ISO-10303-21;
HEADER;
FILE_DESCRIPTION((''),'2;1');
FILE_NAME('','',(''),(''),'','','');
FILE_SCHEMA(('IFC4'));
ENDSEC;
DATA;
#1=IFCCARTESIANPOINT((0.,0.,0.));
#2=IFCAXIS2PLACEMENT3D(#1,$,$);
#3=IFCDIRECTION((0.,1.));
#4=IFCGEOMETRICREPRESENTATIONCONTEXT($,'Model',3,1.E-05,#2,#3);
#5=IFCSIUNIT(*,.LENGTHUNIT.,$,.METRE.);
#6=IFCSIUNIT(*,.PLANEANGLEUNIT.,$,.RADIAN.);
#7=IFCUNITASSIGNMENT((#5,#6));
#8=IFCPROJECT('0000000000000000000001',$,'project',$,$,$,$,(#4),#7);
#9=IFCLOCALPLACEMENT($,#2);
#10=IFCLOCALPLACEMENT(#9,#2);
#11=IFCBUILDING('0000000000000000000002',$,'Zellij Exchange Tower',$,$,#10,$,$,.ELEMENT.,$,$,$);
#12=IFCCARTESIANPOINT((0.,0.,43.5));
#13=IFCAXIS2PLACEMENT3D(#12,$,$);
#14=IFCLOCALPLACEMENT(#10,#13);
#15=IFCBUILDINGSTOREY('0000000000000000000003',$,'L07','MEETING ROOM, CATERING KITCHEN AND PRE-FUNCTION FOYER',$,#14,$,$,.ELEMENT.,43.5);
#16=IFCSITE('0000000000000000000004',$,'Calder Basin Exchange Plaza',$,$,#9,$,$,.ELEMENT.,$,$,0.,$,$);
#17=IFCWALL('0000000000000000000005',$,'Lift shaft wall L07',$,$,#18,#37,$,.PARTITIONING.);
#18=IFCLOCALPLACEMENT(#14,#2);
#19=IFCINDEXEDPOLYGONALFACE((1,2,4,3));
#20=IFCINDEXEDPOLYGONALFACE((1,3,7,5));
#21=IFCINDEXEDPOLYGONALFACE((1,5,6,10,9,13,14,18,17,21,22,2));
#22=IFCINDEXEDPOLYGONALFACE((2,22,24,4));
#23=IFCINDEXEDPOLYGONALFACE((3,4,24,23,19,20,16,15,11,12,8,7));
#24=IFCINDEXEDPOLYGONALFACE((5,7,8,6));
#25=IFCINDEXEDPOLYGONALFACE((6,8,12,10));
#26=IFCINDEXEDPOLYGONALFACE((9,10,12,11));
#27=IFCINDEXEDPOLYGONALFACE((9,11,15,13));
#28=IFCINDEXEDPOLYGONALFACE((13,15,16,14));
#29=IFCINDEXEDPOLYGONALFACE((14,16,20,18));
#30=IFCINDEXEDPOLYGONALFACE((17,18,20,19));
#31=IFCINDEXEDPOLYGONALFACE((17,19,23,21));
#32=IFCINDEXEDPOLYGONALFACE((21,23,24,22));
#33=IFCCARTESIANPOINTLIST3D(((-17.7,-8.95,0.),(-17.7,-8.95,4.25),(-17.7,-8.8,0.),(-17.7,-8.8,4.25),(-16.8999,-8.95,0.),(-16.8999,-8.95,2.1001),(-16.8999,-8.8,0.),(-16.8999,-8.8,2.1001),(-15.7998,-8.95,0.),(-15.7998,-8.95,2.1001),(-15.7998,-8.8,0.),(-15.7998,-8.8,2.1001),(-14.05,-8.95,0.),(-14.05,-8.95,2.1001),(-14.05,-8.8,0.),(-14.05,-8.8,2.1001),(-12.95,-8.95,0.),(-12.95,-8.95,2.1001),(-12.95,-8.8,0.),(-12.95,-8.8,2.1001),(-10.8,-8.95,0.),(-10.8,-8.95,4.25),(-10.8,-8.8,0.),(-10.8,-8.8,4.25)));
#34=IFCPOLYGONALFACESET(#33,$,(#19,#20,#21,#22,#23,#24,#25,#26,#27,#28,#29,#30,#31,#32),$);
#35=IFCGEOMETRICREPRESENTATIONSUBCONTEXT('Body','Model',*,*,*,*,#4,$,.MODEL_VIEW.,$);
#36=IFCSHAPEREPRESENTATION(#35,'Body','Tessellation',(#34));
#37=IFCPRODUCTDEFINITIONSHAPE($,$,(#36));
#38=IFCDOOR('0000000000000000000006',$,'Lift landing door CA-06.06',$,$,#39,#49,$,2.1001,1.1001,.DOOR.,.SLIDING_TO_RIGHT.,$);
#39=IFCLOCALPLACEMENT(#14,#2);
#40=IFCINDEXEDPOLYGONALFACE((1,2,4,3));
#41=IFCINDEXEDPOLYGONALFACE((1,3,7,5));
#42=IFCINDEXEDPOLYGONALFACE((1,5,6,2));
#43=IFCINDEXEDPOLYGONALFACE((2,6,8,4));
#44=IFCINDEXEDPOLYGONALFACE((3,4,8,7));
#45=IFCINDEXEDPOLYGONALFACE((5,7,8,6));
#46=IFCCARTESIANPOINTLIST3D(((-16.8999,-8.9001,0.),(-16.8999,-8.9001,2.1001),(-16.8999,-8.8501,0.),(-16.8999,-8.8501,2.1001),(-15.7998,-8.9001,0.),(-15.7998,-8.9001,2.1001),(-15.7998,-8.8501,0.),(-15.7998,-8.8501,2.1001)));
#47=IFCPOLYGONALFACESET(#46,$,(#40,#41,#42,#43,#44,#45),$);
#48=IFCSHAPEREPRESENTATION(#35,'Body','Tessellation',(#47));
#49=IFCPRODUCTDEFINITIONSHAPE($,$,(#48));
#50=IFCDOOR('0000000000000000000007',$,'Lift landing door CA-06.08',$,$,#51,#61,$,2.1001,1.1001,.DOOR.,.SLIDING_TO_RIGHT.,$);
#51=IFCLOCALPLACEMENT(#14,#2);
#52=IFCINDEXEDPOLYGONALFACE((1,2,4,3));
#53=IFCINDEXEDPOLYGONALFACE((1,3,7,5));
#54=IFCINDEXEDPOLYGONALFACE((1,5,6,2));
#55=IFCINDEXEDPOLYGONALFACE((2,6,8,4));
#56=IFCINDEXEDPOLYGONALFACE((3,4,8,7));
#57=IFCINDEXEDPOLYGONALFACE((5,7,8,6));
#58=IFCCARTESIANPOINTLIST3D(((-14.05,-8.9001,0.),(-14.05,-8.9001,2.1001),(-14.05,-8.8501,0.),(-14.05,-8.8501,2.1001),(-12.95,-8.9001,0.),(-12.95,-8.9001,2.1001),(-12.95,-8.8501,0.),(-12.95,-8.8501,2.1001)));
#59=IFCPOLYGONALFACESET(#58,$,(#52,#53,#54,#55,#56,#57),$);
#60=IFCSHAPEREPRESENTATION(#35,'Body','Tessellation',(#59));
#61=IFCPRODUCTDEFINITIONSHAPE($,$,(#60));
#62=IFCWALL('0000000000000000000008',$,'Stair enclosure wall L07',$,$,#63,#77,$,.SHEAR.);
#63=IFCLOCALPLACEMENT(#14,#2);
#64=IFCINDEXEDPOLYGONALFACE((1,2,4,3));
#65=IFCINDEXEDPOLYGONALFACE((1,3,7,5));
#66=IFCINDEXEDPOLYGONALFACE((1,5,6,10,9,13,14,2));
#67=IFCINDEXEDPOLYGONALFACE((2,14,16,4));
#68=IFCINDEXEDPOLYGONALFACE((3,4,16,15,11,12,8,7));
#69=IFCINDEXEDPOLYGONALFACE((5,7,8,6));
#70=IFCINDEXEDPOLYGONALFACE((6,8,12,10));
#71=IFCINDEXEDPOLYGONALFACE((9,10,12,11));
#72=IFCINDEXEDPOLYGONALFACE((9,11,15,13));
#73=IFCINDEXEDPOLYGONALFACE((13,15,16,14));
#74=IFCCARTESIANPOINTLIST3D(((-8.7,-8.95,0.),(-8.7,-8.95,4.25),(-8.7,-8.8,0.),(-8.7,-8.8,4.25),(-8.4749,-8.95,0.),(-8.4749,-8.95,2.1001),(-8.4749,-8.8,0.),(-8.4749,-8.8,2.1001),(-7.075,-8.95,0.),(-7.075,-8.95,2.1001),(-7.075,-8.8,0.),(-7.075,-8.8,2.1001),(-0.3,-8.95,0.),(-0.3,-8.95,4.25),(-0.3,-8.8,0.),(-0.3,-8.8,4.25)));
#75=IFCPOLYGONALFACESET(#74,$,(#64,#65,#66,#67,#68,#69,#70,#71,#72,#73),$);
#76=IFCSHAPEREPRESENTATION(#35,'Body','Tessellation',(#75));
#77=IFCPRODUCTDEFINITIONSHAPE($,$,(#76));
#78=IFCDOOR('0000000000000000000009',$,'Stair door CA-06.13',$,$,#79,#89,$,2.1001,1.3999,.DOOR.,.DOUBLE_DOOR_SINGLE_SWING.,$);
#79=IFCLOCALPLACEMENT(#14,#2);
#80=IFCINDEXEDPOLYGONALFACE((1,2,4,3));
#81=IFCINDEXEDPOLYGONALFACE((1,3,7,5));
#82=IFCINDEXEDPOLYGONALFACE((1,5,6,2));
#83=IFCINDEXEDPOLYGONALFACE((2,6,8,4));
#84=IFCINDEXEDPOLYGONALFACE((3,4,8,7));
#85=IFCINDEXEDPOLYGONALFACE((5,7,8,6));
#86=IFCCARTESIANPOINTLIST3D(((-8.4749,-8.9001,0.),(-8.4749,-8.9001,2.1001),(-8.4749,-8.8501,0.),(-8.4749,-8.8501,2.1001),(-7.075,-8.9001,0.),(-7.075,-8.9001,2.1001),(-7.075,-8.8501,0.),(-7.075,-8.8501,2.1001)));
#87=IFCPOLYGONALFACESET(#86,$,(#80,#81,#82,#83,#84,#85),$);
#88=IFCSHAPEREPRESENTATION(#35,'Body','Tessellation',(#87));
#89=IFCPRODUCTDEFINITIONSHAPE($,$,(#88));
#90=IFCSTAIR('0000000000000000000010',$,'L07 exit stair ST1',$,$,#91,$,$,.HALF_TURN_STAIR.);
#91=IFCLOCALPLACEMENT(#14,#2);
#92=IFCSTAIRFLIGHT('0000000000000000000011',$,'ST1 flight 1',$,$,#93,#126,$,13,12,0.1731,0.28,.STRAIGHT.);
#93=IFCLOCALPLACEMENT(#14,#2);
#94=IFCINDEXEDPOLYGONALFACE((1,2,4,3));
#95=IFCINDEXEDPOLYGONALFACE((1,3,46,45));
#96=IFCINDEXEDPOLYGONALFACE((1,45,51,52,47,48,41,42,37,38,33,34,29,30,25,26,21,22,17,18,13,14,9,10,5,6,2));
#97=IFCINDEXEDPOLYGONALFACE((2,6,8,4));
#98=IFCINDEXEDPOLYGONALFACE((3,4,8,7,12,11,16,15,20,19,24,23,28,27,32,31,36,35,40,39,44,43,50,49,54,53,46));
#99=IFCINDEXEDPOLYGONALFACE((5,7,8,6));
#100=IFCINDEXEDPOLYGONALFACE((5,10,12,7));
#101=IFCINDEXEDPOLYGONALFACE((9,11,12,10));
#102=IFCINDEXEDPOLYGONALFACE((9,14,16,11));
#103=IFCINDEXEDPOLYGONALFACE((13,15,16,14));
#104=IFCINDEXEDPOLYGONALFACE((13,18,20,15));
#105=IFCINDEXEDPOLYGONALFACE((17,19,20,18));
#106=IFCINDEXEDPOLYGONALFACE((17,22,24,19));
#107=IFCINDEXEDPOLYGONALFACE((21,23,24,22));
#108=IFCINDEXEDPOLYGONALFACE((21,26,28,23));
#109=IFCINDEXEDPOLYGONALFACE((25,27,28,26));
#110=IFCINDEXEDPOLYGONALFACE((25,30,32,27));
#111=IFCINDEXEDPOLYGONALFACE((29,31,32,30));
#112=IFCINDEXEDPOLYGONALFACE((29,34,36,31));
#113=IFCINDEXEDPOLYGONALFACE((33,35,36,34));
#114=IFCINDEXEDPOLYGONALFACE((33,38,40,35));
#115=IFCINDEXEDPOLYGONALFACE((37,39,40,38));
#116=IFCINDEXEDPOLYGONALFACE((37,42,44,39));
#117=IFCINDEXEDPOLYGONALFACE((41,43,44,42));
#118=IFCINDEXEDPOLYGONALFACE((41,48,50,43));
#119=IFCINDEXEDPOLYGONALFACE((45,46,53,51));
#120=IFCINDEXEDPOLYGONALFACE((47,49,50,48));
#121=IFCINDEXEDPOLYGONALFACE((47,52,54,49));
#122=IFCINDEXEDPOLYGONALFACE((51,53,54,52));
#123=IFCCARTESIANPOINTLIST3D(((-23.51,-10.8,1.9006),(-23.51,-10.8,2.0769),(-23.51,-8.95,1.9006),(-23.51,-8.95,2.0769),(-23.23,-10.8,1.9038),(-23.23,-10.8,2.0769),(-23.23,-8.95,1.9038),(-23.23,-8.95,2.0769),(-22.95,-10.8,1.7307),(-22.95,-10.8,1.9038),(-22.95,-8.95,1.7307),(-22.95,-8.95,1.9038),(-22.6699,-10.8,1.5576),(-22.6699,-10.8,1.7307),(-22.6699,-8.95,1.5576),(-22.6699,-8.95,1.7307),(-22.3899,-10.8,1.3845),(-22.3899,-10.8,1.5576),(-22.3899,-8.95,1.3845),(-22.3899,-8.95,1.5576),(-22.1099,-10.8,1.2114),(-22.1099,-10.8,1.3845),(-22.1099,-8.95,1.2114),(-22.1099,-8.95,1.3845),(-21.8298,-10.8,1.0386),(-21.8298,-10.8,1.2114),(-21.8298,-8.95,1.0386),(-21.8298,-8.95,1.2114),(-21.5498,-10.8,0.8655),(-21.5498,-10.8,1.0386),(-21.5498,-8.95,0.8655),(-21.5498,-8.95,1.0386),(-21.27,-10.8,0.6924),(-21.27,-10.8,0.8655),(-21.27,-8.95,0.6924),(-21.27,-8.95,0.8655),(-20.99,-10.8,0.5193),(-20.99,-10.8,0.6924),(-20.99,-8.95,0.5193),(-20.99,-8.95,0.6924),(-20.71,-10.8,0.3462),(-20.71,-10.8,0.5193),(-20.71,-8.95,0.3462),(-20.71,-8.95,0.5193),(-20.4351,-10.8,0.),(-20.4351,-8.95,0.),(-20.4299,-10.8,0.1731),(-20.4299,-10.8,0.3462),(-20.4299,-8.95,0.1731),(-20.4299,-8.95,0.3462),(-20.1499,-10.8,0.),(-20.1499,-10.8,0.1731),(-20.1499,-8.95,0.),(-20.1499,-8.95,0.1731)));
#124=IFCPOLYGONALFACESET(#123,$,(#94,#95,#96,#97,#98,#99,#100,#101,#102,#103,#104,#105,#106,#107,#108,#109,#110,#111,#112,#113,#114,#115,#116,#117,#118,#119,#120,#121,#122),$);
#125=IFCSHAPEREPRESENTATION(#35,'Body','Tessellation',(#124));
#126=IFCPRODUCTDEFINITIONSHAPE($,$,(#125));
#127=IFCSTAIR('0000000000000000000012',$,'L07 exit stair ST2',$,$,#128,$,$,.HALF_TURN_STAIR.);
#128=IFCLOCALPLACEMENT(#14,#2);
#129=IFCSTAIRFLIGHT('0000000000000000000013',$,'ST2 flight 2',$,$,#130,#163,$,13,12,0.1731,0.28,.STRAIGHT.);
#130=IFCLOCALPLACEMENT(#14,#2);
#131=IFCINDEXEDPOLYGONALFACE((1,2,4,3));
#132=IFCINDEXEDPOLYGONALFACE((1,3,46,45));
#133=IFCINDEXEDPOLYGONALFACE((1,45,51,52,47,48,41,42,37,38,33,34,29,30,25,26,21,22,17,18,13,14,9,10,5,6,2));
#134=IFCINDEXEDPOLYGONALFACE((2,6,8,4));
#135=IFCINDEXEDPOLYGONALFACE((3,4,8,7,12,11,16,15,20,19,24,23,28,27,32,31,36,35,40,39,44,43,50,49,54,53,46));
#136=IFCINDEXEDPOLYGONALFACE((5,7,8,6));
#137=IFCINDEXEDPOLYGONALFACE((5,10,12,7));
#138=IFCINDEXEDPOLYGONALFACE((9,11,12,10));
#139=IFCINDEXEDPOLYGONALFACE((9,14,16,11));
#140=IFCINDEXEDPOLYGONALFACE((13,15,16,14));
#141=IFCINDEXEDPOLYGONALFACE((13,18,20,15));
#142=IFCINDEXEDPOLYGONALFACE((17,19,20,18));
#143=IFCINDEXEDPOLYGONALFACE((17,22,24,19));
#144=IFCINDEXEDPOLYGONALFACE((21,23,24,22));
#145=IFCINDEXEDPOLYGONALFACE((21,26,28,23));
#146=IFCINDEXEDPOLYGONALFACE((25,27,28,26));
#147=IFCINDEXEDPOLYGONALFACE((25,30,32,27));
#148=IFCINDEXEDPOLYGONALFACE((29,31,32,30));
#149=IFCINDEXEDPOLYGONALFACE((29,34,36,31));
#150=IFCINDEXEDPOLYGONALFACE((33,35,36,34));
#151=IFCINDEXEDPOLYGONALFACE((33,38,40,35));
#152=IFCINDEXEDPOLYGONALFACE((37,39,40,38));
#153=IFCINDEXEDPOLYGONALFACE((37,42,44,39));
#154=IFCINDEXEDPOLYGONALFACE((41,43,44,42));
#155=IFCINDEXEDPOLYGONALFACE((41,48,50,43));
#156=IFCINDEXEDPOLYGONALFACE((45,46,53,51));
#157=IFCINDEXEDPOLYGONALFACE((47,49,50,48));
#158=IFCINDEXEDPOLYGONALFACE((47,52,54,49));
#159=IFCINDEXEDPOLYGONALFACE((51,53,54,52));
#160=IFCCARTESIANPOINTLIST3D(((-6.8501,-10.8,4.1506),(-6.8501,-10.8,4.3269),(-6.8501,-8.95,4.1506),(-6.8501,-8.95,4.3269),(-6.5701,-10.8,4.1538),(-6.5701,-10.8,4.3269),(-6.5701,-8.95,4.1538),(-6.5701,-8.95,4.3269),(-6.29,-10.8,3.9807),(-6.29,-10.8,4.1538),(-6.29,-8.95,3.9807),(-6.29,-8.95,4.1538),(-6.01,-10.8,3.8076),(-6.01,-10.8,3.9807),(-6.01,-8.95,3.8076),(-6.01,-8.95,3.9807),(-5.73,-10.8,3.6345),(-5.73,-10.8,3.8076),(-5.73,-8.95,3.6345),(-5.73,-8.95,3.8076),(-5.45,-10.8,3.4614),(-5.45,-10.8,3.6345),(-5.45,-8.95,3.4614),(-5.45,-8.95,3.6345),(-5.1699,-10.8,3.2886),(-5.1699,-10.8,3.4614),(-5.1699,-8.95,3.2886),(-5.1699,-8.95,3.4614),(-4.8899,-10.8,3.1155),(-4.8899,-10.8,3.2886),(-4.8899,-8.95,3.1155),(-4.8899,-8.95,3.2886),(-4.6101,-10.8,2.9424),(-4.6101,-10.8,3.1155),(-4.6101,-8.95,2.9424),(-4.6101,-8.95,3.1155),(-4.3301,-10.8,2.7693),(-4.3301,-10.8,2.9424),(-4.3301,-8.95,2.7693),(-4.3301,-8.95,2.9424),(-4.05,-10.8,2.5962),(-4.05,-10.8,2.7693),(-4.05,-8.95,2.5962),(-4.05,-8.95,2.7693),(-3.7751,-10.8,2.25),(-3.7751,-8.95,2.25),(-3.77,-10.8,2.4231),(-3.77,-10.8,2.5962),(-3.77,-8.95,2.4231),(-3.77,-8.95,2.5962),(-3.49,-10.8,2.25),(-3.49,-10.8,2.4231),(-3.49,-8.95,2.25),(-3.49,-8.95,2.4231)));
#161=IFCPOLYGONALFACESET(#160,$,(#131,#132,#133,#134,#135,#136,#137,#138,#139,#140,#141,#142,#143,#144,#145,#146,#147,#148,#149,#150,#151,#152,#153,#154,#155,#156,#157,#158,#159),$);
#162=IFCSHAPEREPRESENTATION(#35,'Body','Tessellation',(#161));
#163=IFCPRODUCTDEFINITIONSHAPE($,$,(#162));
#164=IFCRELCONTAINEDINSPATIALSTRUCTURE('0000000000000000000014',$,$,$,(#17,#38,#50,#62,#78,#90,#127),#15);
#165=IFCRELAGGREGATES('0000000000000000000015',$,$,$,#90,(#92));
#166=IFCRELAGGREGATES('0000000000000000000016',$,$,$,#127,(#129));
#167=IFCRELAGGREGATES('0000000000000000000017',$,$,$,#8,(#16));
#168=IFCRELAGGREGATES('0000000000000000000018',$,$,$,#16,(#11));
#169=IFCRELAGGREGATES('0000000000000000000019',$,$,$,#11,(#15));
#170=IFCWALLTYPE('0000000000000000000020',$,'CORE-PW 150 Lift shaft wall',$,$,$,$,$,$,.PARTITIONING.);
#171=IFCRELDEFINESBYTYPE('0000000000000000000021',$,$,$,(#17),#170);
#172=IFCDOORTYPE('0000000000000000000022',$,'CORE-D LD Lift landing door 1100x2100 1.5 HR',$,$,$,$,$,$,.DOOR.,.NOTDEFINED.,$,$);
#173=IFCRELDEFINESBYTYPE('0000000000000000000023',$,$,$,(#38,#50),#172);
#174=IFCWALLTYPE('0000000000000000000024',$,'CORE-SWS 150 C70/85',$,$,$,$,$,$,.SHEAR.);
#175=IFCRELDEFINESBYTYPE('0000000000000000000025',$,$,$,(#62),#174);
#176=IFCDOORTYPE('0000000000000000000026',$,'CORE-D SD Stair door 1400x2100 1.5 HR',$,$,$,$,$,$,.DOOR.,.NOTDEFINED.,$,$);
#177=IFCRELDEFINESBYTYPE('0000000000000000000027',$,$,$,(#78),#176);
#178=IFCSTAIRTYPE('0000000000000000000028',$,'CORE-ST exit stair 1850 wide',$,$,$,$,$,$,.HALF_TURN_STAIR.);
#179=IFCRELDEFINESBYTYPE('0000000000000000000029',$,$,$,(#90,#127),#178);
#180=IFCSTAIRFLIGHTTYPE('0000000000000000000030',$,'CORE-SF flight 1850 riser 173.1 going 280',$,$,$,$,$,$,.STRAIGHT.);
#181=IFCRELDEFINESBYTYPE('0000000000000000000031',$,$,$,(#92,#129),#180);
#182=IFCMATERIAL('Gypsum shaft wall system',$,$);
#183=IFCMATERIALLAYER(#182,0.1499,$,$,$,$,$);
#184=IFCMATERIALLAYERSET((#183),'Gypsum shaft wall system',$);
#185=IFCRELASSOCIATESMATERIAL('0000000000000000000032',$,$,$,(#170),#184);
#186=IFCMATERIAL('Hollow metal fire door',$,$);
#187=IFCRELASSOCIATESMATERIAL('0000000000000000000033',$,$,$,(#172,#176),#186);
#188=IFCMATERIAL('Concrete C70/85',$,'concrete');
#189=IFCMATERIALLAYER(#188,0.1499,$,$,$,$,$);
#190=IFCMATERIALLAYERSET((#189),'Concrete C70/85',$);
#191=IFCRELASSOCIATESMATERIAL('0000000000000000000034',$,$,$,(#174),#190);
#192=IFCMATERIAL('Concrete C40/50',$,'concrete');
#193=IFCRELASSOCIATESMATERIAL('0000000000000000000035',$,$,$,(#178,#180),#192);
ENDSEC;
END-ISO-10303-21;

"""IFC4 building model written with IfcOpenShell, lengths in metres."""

from ifc_helpers import new_model, si_unit, direction, frame, frame_2d, origin, place, context, subcontext, project, spatial, polyline, rectangle, outline, extrude, material, layer, layer_set, type_object, element, fill, aggregate, save


model = new_model("IFC4")

# Units and contexts
model_context = context("Model", 3, precision=1e-05, world=origin(), true_north=direction((0.0, 1.0)))
body_context = subcontext(model_context, "Body", "Model", "MODEL_VIEW")
ifc_project = project(units=[si_unit("LENGTHUNIT", "METRE"), si_unit("PLANEANGLEUNIT", "RADIAN")], contexts=[model_context])

# Site, building, storey
site_placement = place(None, origin())
site = spatial("IfcSite", under=ifc_project, at=site_placement, Name="Calder Basin Exchange Plaza", CompositionType="ELEMENT", RefElevation=0.0)
building_placement = place(site_placement, origin())
building = spatial("IfcBuilding", under=site, at=building_placement, Name="Zellij Exchange Tower", CompositionType="ELEMENT")
storey_placement = place(building_placement, frame((0.0, 0.0, 43.5)))
storey = spatial("IfcBuildingStorey", under=building, at=storey_placement, Name="L07", Description="MEETING ROOM, CATERING KITCHEN AND PRE-FUNCTION FOYER", CompositionType="ELEMENT", Elevation=43.5)

# Shared definitions
ifc_material_1 = material(Name="Concrete C70/85", Category="concrete")

# Shared definitions
ifc_material_2 = material(Name="Gypsum shaft wall system")
ifc_material_3 = material(Name="Hollow metal fire door")

# Shared definitions
ifc_layer_1 = layer(ifc_material_2, 0.1499)
ifc_layer_set_1 = layer_set([ifc_layer_1], Name="Gypsum shaft wall system")
wall_type_1 = type_object("IfcWallType", Name="CORE-PW 150 Lift shaft wall", PredefinedType="PARTITIONING", material=ifc_layer_set_1)
door_type_1 = type_object("IfcDoorType", Name="CORE-D LD Lift landing door 1100x2100 1.5 HR", OperationType="NOTDEFINED", PredefinedType="DOOR", material=ifc_material_3)

# Wall, openings, doors
wall_1_placement = place(storey_placement, frame((-17.7, -8.875, 0.0), z_axis=(0.0, 0.0, 1.0), x_axis=(1.0, 0.0, 0.0)))
wall_1 = element("IfcWall", 1, at=wall_1_placement, inside=storey, type_object=wall_type_1, Name="Lift shaft wall L07", PredefinedType="PARTITIONING", context=body_context, shape_type="SweptSolid", body=[
    extrude(rectangle(XDim=6.8999, YDim=0.1499, at=frame_2d((3.45, 0.0))), origin(), (0.0, 0.0, 1.0), 4.25),
])
opening_1_placement = place(wall_1_placement, frame((0.8, 0.0, 0.0)))
opening_1 = element("IfcOpeningElement", 2, at=opening_1_placement, cuts=wall_1, PredefinedType="OPENING", context=body_context, shape_type="SweptSolid", body=[
    extrude(rectangle(XDim=1.1001, YDim=2.1001, at=frame_2d((0.55, 1.05))), frame((0.0, 0.0869, 0.0), z_axis=(0.0, -1.0, 0.0), x_axis=(1.0, 0.0, 0.0)), (0.0, 0.0, 1.0), 0.1738),
])
opening_2_placement = place(wall_1_placement, frame((3.6499, 0.0, 0.0)))
opening_2 = element("IfcOpeningElement", 3, at=opening_2_placement, cuts=wall_1, PredefinedType="OPENING", context=body_context, shape_type="SweptSolid", body=[
    extrude(rectangle(XDim=1.1001, YDim=2.1001, at=frame_2d((0.55, 1.05))), frame((0.0, 0.0869, 0.0), z_axis=(0.0, -1.0, 0.0), x_axis=(1.0, 0.0, 0.0)), (0.0, 0.0, 1.0), 0.1738),
])
door_1_placement = place(opening_1_placement, origin())
door_1 = element("IfcDoor", 4, at=door_1_placement, inside=storey, type_object=door_type_1, Name="Lift landing door CA-06.06", OperationType="SLIDING_TO_RIGHT", OverallHeight=2.1001, OverallWidth=1.1001, PredefinedType="DOOR", context=body_context, shape_type="SweptSolid", body=[
    extrude(rectangle(XDim=1.1001, YDim=2.1001, at=frame_2d((0.55, 1.05))), frame((0.0, 0.0249, 0.0), z_axis=(0.0, -1.0, 0.0), x_axis=(1.0, 0.0, 0.0)), (0.0, 0.0, 1.0), 0.05),
])
fill(opening_1, door_1)
door_2_placement = place(opening_2_placement, origin())
door_2 = element("IfcDoor", 5, at=door_2_placement, inside=storey, type_object=door_type_1, Name="Lift landing door CA-06.08", OperationType="SLIDING_TO_RIGHT", OverallHeight=2.1001, OverallWidth=1.1001, PredefinedType="DOOR", context=body_context, shape_type="SweptSolid", body=[
    extrude(rectangle(XDim=1.1001, YDim=2.1001, at=frame_2d((0.55, 1.05))), frame((0.0, 0.0249, 0.0), z_axis=(0.0, -1.0, 0.0), x_axis=(1.0, 0.0, 0.0)), (0.0, 0.0, 1.0), 0.05),
])
fill(opening_2, door_2)

# Wall, opening, door
ifc_layer_2 = layer(ifc_material_1, 0.1499)
ifc_layer_set_2 = layer_set([ifc_layer_2], Name="Concrete C70/85")
wall_type_2 = type_object("IfcWallType", Name="CORE-SWS 150 C70/85", PredefinedType="SHEAR", material=ifc_layer_set_2)
wall_2_placement = place(storey_placement, frame((-8.7, -8.875, 0.0), z_axis=(0.0, 0.0, 1.0), x_axis=(1.0, 0.0, 0.0)))
wall_2 = element("IfcWall", 6, at=wall_2_placement, inside=storey, type_object=wall_type_2, Name="Stair enclosure wall L07", PredefinedType="SHEAR", context=body_context, shape_type="SweptSolid", body=[
    extrude(rectangle(XDim=8.3999, YDim=0.1499, at=frame_2d((4.2, 0.0))), origin(), (0.0, 0.0, 1.0), 4.25),
])
opening_3_placement = place(wall_2_placement, frame((0.2251, 0.0, 0.0)))
opening_3 = element("IfcOpeningElement", 7, at=opening_3_placement, cuts=wall_2, PredefinedType="OPENING", context=body_context, shape_type="SweptSolid", body=[
    extrude(rectangle(XDim=1.3999, YDim=2.1001, at=frame_2d((0.7, 1.05))), frame((0.0, 0.0869, 0.0), z_axis=(0.0, -1.0, 0.0), x_axis=(1.0, 0.0, 0.0)), (0.0, 0.0, 1.0), 0.1738),
])
door_type_2 = type_object("IfcDoorType", Name="CORE-D SD Stair door 1400x2100 1.5 HR", OperationType="NOTDEFINED", PredefinedType="DOOR", material=ifc_material_3)
door_3_placement = place(opening_3_placement, origin())
door_3 = element("IfcDoor", 8, at=door_3_placement, inside=storey, type_object=door_type_2, Name="Stair door CA-06.13", OperationType="DOUBLE_DOOR_SINGLE_SWING", OverallHeight=2.1001, OverallWidth=1.3999, PredefinedType="DOOR", context=body_context, shape_type="SweptSolid", body=[
    extrude(rectangle(XDim=1.3999, YDim=2.1001, at=frame_2d((0.7, 1.05))), frame((0.0, 0.0249, 0.0), z_axis=(0.0, -1.0, 0.0), x_axis=(1.0, 0.0, 0.0)), (0.0, 0.0, 1.0), 0.05),
])
fill(opening_3, door_3)

# Stairs, stair flights
ifc_material_4 = material(Name="Concrete C40/50", Category="concrete")
stair_type = type_object("IfcStairType", Name="CORE-ST exit stair 1850 wide", PredefinedType="HALF_TURN_STAIR", material=ifc_material_4)
stair_1_placement = place(storey_placement, origin())
stair_1 = element("IfcStair", 9, at=stair_1_placement, inside=storey, type_object=stair_type, Name="L07 exit stair ST1", PredefinedType="HALF_TURN_STAIR")
stair_flight_type = type_object("IfcStairFlightType", Name="CORE-SF flight 1850 riser 173.1 going 280", PredefinedType="STRAIGHT", material=ifc_material_4)
stair_flight_1_placement = place(storey_placement, frame((-20.1499, -9.875, 0.0), z_axis=(0.0, 0.0, 1.0), x_axis=(-1.0, 0.0, 0.0)))
stair_flight_1 = element("IfcStairFlight", 10, at=stair_flight_1_placement, type_object=stair_flight_type, Name="ST1 flight 1", NumberOfRisers=13, NumberOfTreads=12, PredefinedType="STRAIGHT", RiserHeight=0.1731, TreadLength=0.28, context=body_context, shape_type="SweptSolid", body=[
    extrude(outline(polyline([(0.0, 0.0), (0.0, 0.1731), (0.28, 0.1731), (0.28, 0.3462), (0.5601, 0.3462), (0.5601, 0.5193), (0.8401, 0.5193), (0.8401, 0.6924), (1.1201, 0.6924), (1.1201, 0.8655), (1.3999, 0.8655), (1.3999, 1.0386), (1.6799, 1.0386), (1.6799, 1.2114), (1.96, 1.2114), (1.96, 1.3845), (2.24, 1.3845), (2.24, 1.5576), (2.52, 1.5576), (2.52, 1.7307), (2.8, 1.7307), (2.8, 1.9038), (3.0801, 1.9038), (3.0801, 2.0769), (3.3601, 2.0769), (3.3601, 2.25), (3.3601, 1.9006), (0.2852, 0.0), (0.0, 0.0)])), frame((0.0, 0.925, 0.0), z_axis=(0.0, -1.0, 0.0), x_axis=(1.0, 0.0, 0.0)), (0.0, 0.0, 1.0), 1.8501),
])
aggregate(stair_1, [stair_flight_1])
stair_2_placement = place(storey_placement, origin())
stair_2 = element("IfcStair", 11, at=stair_2_placement, inside=storey, type_object=stair_type, Name="L07 exit stair ST2", PredefinedType="HALF_TURN_STAIR")
stair_flight_2_placement = place(storey_placement, frame((-3.49, -9.875, 2.25), z_axis=(0.0, 0.0, 1.0), x_axis=(-1.0, 0.0, 0.0)))
stair_flight_2 = element("IfcStairFlight", 12, at=stair_flight_2_placement, type_object=stair_flight_type, Name="ST2 flight 2", NumberOfRisers=13, NumberOfTreads=12, PredefinedType="STRAIGHT", RiserHeight=0.1731, TreadLength=0.28, context=body_context, shape_type="SweptSolid", body=[
    extrude(outline(polyline([(0.0, 0.0), (0.0, 0.1731), (0.28, 0.1731), (0.28, 0.3462), (0.5601, 0.3462), (0.5601, 0.5193), (0.8401, 0.5193), (0.8401, 0.6924), (1.1201, 0.6924), (1.1201, 0.8655), (1.3999, 0.8655), (1.3999, 1.0386), (1.6799, 1.0386), (1.6799, 1.2114), (1.96, 1.2114), (1.96, 1.3845), (2.24, 1.3845), (2.24, 1.5576), (2.52, 1.5576), (2.52, 1.7307), (2.8, 1.7307), (2.8, 1.9038), (3.0801, 1.9038), (3.0801, 2.0769), (3.3601, 2.0769), (3.3601, 2.25), (3.3601, 1.9006), (0.2852, 0.0), (0.0, 0.0)])), frame((0.0, 0.925, 0.0), z_axis=(0.0, -1.0, 0.0), x_axis=(1.0, 0.0, 0.0)), (0.0, 0.0, 1.0), 1.8501),
])
aggregate(stair_2, [stair_flight_2])

save(model, "model.ifc")
